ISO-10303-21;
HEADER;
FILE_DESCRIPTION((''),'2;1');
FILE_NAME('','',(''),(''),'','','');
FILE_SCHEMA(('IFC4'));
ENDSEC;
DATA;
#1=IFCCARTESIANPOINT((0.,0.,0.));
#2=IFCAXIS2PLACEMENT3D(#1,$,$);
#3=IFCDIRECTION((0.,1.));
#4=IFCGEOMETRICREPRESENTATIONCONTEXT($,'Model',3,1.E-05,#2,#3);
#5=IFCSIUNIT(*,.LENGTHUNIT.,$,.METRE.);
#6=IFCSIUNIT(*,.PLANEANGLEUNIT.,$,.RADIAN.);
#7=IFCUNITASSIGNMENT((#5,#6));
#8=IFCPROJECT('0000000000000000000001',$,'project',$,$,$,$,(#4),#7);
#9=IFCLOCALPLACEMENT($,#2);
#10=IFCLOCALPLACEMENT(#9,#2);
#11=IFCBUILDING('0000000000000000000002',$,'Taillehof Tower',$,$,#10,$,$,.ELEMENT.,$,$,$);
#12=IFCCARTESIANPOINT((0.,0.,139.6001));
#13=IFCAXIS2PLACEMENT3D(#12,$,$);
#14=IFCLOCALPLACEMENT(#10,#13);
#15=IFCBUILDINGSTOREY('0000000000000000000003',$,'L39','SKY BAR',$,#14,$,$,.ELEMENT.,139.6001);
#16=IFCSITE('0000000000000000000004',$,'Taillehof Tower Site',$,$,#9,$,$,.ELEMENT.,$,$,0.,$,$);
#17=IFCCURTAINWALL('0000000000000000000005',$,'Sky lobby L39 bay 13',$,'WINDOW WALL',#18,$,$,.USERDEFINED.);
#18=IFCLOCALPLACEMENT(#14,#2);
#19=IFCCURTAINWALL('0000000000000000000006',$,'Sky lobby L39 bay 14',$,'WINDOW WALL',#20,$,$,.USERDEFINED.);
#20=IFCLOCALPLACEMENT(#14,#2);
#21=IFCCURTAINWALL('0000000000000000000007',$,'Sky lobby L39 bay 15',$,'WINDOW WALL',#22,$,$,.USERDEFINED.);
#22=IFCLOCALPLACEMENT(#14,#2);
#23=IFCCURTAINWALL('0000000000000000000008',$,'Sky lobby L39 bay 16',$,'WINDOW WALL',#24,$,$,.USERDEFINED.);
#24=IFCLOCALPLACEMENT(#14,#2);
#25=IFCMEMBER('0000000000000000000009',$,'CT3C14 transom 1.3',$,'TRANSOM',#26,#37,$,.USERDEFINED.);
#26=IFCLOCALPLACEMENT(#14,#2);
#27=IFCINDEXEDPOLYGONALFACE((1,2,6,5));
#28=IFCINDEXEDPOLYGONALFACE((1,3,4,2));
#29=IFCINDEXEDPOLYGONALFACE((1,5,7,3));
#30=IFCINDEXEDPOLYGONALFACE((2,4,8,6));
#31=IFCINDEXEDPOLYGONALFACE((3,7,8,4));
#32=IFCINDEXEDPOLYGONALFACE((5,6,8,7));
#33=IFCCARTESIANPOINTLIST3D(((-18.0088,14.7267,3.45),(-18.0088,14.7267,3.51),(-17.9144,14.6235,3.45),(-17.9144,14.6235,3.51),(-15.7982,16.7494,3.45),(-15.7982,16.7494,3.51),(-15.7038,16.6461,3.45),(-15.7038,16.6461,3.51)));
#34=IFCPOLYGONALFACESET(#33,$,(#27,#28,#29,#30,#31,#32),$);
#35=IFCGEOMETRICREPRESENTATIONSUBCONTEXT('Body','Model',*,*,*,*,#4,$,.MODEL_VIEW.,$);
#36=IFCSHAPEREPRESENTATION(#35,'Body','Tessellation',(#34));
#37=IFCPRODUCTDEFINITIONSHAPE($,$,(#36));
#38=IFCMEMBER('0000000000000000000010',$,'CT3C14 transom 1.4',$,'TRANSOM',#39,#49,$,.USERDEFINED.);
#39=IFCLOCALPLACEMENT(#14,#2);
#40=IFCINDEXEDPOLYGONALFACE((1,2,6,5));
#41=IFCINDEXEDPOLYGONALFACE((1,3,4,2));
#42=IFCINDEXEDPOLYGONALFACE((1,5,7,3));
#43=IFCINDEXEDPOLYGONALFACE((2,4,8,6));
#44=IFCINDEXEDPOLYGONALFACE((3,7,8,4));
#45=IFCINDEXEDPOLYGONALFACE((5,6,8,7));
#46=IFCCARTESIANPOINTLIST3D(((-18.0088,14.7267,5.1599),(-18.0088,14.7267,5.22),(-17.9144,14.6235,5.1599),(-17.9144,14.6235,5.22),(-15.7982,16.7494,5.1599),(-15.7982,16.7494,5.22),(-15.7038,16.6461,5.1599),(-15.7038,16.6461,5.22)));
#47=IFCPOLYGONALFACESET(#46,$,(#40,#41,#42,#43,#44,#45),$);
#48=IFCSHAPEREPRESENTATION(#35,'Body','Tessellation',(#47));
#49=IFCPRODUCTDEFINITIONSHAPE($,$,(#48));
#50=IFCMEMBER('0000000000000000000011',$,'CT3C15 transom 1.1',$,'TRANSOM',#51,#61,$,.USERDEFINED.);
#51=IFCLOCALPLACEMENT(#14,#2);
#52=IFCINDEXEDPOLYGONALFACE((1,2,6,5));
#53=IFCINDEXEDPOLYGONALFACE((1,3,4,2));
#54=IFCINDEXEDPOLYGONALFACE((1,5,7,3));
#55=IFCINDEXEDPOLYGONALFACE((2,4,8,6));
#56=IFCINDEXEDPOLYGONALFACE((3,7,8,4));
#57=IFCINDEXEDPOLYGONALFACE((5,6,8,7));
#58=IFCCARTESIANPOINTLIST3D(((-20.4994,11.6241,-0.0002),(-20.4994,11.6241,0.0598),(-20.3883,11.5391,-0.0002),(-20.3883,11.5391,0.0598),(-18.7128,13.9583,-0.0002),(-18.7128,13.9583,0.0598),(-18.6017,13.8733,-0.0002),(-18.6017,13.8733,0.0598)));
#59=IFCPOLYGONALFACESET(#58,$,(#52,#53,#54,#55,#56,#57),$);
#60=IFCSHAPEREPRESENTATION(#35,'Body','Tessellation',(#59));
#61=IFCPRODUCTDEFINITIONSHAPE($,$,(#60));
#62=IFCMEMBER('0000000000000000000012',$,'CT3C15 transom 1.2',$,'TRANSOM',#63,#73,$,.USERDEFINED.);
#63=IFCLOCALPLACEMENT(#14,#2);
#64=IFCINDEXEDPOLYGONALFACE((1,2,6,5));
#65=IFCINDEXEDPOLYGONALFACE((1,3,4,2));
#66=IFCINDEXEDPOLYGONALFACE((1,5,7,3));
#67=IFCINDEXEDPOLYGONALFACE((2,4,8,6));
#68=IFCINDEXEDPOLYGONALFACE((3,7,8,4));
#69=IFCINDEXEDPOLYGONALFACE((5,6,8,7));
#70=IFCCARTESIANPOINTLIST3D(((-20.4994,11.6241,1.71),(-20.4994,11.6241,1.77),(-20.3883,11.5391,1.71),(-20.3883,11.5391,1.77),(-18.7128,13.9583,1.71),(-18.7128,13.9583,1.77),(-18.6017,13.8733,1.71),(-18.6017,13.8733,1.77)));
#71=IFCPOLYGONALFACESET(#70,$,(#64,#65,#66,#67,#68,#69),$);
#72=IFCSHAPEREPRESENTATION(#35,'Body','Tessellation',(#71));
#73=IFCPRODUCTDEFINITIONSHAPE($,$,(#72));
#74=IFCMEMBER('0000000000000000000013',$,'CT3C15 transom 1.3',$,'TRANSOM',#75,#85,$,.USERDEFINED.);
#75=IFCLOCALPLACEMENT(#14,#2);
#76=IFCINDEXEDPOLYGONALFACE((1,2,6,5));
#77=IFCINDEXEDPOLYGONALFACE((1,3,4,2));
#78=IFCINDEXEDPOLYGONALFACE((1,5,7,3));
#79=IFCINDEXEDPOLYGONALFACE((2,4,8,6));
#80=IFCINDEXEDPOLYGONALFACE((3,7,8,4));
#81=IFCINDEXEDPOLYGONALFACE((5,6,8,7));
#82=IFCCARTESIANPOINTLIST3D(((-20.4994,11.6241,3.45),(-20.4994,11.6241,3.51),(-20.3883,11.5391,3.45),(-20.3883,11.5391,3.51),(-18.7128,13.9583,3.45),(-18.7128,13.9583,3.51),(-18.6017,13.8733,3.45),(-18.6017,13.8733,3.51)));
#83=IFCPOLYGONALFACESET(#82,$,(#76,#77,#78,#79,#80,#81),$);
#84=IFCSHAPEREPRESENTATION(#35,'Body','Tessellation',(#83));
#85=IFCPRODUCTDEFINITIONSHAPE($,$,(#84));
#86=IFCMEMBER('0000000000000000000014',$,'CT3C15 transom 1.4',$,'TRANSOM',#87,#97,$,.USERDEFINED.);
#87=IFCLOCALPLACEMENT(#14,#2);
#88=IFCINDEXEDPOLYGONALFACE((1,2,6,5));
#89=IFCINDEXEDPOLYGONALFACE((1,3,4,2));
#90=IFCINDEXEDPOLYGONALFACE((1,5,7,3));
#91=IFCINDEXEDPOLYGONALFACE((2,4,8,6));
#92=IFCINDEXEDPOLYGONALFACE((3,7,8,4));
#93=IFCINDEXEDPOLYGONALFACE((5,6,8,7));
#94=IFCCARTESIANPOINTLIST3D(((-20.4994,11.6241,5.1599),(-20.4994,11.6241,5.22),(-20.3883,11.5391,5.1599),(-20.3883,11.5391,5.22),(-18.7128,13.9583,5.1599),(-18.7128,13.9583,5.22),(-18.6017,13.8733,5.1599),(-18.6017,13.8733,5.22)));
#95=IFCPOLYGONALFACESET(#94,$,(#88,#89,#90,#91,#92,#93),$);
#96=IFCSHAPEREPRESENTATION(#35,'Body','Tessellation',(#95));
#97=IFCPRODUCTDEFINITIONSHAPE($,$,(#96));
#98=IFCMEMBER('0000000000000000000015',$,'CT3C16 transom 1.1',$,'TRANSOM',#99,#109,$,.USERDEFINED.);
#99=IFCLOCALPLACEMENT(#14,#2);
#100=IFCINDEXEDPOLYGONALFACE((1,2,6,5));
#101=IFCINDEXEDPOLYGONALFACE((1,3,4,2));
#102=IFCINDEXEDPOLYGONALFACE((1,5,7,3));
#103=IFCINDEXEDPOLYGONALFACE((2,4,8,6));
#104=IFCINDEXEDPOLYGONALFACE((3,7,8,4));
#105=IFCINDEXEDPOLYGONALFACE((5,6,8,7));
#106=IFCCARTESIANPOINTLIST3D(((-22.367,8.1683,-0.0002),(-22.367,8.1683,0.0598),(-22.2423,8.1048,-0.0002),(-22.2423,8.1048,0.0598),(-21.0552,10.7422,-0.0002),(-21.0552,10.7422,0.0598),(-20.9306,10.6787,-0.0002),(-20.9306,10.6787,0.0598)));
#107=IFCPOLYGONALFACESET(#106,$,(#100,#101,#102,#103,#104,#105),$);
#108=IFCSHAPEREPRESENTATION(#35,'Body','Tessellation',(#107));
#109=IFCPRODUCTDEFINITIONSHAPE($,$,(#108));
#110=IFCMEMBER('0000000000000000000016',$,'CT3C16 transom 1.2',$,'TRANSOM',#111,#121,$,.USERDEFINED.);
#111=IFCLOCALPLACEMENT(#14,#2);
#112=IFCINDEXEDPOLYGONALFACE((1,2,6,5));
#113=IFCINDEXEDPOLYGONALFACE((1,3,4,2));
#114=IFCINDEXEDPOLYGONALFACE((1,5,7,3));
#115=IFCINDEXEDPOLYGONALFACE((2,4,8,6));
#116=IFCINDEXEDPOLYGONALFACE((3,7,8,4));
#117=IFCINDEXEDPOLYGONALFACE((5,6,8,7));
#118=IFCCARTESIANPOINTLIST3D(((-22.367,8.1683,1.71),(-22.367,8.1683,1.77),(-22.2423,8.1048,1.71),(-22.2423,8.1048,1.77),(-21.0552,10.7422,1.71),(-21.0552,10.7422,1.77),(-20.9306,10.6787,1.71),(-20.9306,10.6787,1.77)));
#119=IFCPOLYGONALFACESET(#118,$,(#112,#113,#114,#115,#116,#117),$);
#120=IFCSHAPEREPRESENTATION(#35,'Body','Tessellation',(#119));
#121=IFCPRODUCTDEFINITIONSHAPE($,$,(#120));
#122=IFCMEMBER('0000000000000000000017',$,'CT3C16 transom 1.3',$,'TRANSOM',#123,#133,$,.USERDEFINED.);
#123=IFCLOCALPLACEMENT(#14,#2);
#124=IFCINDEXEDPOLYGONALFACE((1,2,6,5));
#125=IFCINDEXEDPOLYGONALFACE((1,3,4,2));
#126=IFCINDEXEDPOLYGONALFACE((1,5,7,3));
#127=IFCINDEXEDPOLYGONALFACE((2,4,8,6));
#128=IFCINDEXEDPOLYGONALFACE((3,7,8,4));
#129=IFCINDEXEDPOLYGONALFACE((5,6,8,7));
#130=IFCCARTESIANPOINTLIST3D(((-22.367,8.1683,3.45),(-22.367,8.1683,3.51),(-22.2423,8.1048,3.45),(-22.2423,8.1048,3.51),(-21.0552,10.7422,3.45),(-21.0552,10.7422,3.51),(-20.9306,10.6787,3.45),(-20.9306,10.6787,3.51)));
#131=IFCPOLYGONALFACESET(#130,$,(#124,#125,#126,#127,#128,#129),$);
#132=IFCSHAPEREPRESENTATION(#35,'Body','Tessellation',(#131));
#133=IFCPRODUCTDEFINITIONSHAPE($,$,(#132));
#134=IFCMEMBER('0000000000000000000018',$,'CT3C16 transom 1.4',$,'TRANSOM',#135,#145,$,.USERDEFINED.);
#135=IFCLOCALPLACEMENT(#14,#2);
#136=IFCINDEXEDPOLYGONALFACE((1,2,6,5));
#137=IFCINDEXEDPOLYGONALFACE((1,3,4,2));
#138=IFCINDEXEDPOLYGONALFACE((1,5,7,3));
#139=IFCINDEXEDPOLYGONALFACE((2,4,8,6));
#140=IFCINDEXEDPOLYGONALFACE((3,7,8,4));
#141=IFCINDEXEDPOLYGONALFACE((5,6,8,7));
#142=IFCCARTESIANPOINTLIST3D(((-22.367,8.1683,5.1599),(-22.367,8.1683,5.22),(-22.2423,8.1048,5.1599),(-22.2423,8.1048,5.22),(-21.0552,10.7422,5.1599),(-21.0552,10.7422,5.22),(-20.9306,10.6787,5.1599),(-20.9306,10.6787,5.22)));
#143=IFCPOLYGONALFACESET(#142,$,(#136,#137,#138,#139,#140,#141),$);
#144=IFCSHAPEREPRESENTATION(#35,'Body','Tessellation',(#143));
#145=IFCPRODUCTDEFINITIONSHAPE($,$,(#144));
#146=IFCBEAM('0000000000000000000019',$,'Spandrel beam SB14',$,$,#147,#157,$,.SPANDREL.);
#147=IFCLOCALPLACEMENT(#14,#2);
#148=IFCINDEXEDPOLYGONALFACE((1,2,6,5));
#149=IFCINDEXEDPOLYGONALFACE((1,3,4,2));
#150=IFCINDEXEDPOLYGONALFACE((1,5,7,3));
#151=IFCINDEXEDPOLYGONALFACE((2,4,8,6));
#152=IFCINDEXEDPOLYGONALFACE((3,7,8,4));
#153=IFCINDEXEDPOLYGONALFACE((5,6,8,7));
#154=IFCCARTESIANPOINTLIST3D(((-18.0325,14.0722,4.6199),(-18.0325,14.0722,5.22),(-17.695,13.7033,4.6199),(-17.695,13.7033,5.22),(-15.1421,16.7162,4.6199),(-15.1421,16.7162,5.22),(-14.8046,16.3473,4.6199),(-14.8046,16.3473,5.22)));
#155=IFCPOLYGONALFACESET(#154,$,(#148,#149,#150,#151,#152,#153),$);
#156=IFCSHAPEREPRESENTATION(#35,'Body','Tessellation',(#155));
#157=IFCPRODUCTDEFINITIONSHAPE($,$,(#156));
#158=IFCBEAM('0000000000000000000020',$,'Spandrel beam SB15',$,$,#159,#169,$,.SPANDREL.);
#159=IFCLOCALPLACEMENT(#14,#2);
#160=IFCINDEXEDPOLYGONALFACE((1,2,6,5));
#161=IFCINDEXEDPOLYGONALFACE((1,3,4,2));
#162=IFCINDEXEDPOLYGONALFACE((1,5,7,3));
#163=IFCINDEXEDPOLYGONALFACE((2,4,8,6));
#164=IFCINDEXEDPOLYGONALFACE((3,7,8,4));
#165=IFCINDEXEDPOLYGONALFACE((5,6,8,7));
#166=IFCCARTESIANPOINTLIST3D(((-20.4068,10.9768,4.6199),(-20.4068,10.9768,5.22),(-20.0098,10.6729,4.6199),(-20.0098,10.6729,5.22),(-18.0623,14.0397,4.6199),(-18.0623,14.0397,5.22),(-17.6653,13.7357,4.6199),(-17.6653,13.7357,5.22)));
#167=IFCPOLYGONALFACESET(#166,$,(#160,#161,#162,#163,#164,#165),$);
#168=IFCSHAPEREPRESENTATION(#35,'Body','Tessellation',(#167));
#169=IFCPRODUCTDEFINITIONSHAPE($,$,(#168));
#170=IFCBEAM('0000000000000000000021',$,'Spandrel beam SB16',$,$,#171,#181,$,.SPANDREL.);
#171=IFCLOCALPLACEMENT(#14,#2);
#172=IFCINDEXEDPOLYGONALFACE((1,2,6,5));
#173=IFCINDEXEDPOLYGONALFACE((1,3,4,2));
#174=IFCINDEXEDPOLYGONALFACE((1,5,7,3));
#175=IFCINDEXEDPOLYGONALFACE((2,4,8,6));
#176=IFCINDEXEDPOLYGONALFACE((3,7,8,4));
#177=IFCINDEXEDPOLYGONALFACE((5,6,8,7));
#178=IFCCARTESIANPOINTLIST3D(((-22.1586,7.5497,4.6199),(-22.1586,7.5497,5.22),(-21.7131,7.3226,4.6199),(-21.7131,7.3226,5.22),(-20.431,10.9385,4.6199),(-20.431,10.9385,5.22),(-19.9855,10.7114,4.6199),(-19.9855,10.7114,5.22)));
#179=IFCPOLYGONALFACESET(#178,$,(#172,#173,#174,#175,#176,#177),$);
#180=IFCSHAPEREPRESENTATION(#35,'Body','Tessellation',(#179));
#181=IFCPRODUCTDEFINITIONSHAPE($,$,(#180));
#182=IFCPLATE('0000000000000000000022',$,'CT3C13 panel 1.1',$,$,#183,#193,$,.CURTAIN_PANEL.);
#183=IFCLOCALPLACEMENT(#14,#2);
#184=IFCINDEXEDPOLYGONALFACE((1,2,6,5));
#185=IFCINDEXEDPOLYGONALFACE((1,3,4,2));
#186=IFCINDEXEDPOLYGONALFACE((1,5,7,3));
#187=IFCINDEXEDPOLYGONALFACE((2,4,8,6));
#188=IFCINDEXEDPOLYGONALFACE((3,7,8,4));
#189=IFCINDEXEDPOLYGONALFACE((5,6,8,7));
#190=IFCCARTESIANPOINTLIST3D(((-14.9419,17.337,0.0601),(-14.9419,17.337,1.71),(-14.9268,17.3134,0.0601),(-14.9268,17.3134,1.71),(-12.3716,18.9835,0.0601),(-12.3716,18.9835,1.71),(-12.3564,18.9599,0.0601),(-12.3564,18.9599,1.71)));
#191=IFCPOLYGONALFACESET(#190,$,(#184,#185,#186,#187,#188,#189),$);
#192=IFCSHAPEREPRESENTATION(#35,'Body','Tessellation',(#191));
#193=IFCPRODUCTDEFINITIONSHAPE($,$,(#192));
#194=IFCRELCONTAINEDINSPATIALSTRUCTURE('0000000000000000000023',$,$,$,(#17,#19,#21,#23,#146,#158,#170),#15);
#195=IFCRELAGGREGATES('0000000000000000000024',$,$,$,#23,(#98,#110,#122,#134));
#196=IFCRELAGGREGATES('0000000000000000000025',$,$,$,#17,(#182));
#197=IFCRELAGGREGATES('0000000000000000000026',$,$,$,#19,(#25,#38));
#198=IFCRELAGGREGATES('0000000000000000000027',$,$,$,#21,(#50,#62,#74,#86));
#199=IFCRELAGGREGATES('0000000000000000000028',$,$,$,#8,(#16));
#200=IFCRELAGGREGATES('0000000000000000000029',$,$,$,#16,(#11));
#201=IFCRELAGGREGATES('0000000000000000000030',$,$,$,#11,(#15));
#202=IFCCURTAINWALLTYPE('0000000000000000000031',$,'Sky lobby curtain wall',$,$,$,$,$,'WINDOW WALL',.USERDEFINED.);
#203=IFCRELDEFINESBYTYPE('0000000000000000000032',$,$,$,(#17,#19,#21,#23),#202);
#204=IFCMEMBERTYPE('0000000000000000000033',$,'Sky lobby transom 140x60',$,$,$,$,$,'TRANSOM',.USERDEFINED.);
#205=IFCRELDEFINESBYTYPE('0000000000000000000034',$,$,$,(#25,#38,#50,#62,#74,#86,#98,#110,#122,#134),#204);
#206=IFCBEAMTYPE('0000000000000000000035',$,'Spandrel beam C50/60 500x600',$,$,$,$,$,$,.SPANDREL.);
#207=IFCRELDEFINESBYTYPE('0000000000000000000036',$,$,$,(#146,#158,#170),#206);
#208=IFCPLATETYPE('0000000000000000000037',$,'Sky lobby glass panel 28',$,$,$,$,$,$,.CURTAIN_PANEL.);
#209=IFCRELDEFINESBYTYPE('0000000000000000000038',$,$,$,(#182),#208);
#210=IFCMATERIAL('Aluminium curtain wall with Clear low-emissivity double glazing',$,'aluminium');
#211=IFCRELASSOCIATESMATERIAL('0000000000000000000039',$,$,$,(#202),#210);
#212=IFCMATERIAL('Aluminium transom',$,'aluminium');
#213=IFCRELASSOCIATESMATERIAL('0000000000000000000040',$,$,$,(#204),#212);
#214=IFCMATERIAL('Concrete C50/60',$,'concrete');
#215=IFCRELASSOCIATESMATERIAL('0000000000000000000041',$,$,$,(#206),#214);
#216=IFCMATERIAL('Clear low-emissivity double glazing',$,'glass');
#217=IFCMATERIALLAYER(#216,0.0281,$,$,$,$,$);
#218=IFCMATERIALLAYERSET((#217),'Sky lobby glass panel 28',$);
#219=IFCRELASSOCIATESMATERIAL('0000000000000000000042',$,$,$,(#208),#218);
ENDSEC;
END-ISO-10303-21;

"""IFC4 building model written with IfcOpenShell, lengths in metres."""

from ifc_helpers import new_model, si_unit, direction, frame, origin, origin_2d, place, context, subcontext, project, spatial, rectangle, extrude, material, layer, layer_set, material_profile, profile_set, type_object, element, aggregate, save


model = new_model("IFC4")

# Units and contexts
model_context = context("Model", 3, precision=1e-05, world=origin(), true_north=direction((0.0, 1.0)))
body_context = subcontext(model_context, "Body", "Model", "MODEL_VIEW")
ifc_project = project(units=[si_unit("LENGTHUNIT", "METRE"), si_unit("PLANEANGLEUNIT", "RADIAN")], contexts=[model_context])

# Site, building, storey
site_placement = place(None, origin())
site = spatial("IfcSite", under=ifc_project, at=site_placement, Name="Taillehof Tower Site", CompositionType="ELEMENT", RefElevation=0.0)
building_placement = place(site_placement, origin())
building = spatial("IfcBuilding", under=site, at=building_placement, Name="Taillehof Tower", CompositionType="ELEMENT")
storey_placement = place(building_placement, frame((0.0, 0.0, 139.6001)))
storey = spatial("IfcBuildingStorey", under=building, at=storey_placement, Name="L39", Description="SKY BAR", CompositionType="ELEMENT", Elevation=139.6001)

# Curtain wall
ifc_material_1 = material(Name="Aluminium curtain wall with Clear low-emissivity double glazing", Category="aluminium")
curtain_wall_type = type_object("IfcCurtainWallType", Name="Sky lobby curtain wall", ElementType="WINDOW WALL", PredefinedType="USERDEFINED", material=ifc_material_1)
curtain_wall_1_placement = place(storey_placement, origin())
curtain_wall_1 = element("IfcCurtainWall", 1, at=curtain_wall_1_placement, inside=storey, type_object=curtain_wall_type, Name="Sky lobby L39 bay 13", ObjectType="WINDOW WALL", PredefinedType="USERDEFINED")

# Curtain walls
curtain_wall_2_placement = place(storey_placement, origin())
curtain_wall_2 = element("IfcCurtainWall", 2, at=curtain_wall_2_placement, inside=storey, type_object=curtain_wall_type, Name="Sky lobby L39 bay 14", ObjectType="WINDOW WALL", PredefinedType="USERDEFINED")
curtain_wall_3_placement = place(storey_placement, origin())
curtain_wall_3 = element("IfcCurtainWall", 3, at=curtain_wall_3_placement, inside=storey, type_object=curtain_wall_type, Name="Sky lobby L39 bay 15", ObjectType="WINDOW WALL", PredefinedType="USERDEFINED")

# Curtain wall
curtain_wall_4_placement = place(storey_placement, origin())
curtain_wall_4 = element("IfcCurtainWall", 4, at=curtain_wall_4_placement, inside=storey, type_object=curtain_wall_type, Name="Sky lobby L39 bay 16", ObjectType="WINDOW WALL", PredefinedType="USERDEFINED")

# Members
ifc_material_2 = material(Name="Aluminium transom", Category="aluminium")
ifc_material_profile_1 = material_profile(ifc_material_2, rectangle(XDim=0.1399, YDim=0.0601, at=origin_2d()), Name="AL 140x60")
ifc_profile_set_1 = profile_set([ifc_material_profile_1], Name="Aluminium transom")
member_type_1 = type_object("IfcMemberType", Name="Sky lobby transom 140x60", ElementType="TRANSOM", PredefinedType="USERDEFINED", material=ifc_profile_set_1)
member_1_placement = place(storey_placement, frame((-15.751, 16.6978, 3.48), z_axis=(-0.73778, -0.675042, 0.0), x_axis=(0.675042, -0.73778, 0.0)))
member_1 = element("IfcMember", 5, at=member_1_placement, type_object=member_type_1, Name="CT3C14 transom 1.3", ObjectType="TRANSOM", PredefinedType="USERDEFINED", context=body_context, shape_type="SweptSolid", body=[
    extrude(rectangle(XDim=0.1399, YDim=0.0601, at=origin_2d()), origin(), (0.0, 0.0, 1.0), 2.9963),
])
member_2_placement = place(storey_placement, frame((-15.751, 16.6978, 5.1899), z_axis=(-0.73778, -0.675042, 0.0), x_axis=(0.675042, -0.73778, 0.0)))
member_2 = element("IfcMember", 6, at=member_2_placement, type_object=member_type_1, Name="CT3C14 transom 1.4", ObjectType="TRANSOM", PredefinedType="USERDEFINED", context=body_context, shape_type="SweptSolid", body=[
    extrude(rectangle(XDim=0.1399, YDim=0.0601, at=origin_2d()), origin(), (0.0, 0.0, 1.0), 2.9963),
])
member_3_placement = place(storey_placement, frame((-18.6572, 13.9158, 0.0298), z_axis=(-0.607798, -0.794091, 0.0), x_axis=(0.794091, -0.607798, 0.0)))
member_3 = element("IfcMember", 7, at=member_3_placement, type_object=member_type_1, Name="CT3C15 transom 1.1", ObjectType="TRANSOM", PredefinedType="USERDEFINED", context=body_context, shape_type="SweptSolid", body=[
    extrude(rectangle(XDim=0.1399, YDim=0.0601, at=origin_2d()), origin(), (0.0, 0.0, 1.0), 2.9395),
])
member_4_placement = place(storey_placement, frame((-18.6572, 13.9158, 1.74), z_axis=(-0.607798, -0.794091, 0.0), x_axis=(0.794091, -0.607798, 0.0)))
member_4 = element("IfcMember", 8, at=member_4_placement, type_object=member_type_1, Name="CT3C15 transom 1.2", ObjectType="TRANSOM", PredefinedType="USERDEFINED", context=body_context, shape_type="SweptSolid", body=[
    extrude(rectangle(XDim=0.1399, YDim=0.0601, at=origin_2d()), origin(), (0.0, 0.0, 1.0), 2.9395),
])
member_5_placement = place(storey_placement, frame((-18.6572, 13.9158, 3.48), z_axis=(-0.607798, -0.794091, 0.0), x_axis=(0.794091, -0.607798, 0.0)))
member_5 = element("IfcMember", 9, at=member_5_placement, type_object=member_type_1, Name="CT3C15 transom 1.3", ObjectType="TRANSOM", PredefinedType="USERDEFINED", context=body_context, shape_type="SweptSolid", body=[
    extrude(rectangle(XDim=0.1399, YDim=0.0601, at=origin_2d()), origin(), (0.0, 0.0, 1.0), 2.9395),
])
member_6_placement = place(storey_placement, frame((-18.6572, 13.9158, 5.1899), z_axis=(-0.607798, -0.794091, 0.0), x_axis=(0.794091, -0.607798, 0.0)))
member_6 = element("IfcMember", 10, at=member_6_placement, type_object=member_type_1, Name="CT3C15 transom 1.4", ObjectType="TRANSOM", PredefinedType="USERDEFINED", context=body_context, shape_type="SweptSolid", body=[
    extrude(rectangle(XDim=0.1399, YDim=0.0601, at=origin_2d()), origin(), (0.0, 0.0, 1.0), 2.9395),
])
member_7_placement = place(storey_placement, frame((-20.9929, 10.7104, 0.0298), z_axis=(-0.454062, -0.89097, 0.0), x_axis=(0.89097, -0.454062, 0.0)))
member_7 = element("IfcMember", 11, at=member_7_placement, type_object=member_type_1, Name="CT3C16 transom 1.1", ObjectType="TRANSOM", PredefinedType="USERDEFINED", context=body_context, shape_type="SweptSolid", body=[
    extrude(rectangle(XDim=0.1399, YDim=0.0601, at=origin_2d()), origin(), (0.0, 0.0, 1.0), 2.8889),
])
member_8_placement = place(storey_placement, frame((-20.9929, 10.7104, 1.74), z_axis=(-0.454062, -0.89097, 0.0), x_axis=(0.89097, -0.454062, 0.0)))
member_8 = element("IfcMember", 12, at=member_8_placement, type_object=member_type_1, Name="CT3C16 transom 1.2", ObjectType="TRANSOM", PredefinedType="USERDEFINED", context=body_context, shape_type="SweptSolid", body=[
    extrude(rectangle(XDim=0.1399, YDim=0.0601, at=origin_2d()), origin(), (0.0, 0.0, 1.0), 2.8889),
])
member_9_placement = place(storey_placement, frame((-20.9929, 10.7104, 3.48), z_axis=(-0.454062, -0.89097, 0.0), x_axis=(0.89097, -0.454062, 0.0)))
member_9 = element("IfcMember", 13, at=member_9_placement, type_object=member_type_1, Name="CT3C16 transom 1.3", ObjectType="TRANSOM", PredefinedType="USERDEFINED", context=body_context, shape_type="SweptSolid", body=[
    extrude(rectangle(XDim=0.1399, YDim=0.0601, at=origin_2d()), origin(), (0.0, 0.0, 1.0), 2.8889),
])
member_10_placement = place(storey_placement, frame((-20.9929, 10.7104, 5.1899), z_axis=(-0.454062, -0.89097, 0.0), x_axis=(0.89097, -0.454062, 0.0)))
member_10 = element("IfcMember", 14, at=member_10_placement, type_object=member_type_1, Name="CT3C16 transom 1.4", ObjectType="TRANSOM", PredefinedType="USERDEFINED", context=body_context, shape_type="SweptSolid", body=[
    extrude(rectangle(XDim=0.1399, YDim=0.0601, at=origin_2d()), origin(), (0.0, 0.0, 1.0), 2.8889),
])
aggregate(curtain_wall_4, [member_7, member_8, member_9, member_10])

# Beams
ifc_material_3 = material(Name="Concrete C50/60", Category="concrete")
ifc_material_profile_2 = material_profile(ifc_material_3, rectangle(XDim=0.5, YDim=0.6001, at=origin_2d()), Name="RC 500x600")
ifc_profile_set_2 = profile_set([ifc_material_profile_2], Name="Concrete C50/60")
beam_type_1 = type_object("IfcBeamType", Name="Spandrel beam C50/60 500x600", PredefinedType="SPANDREL", material=ifc_profile_set_2)
beam_1_placement = place(storey_placement, frame((-14.9734, 16.5317, 4.9199), z_axis=(-0.73785, -0.674965, 0.0), x_axis=(0.674965, -0.73785, 0.0)))
element("IfcBeam", 15, at=beam_1_placement, inside=storey, type_object=beam_type_1, Name="Spandrel beam SB14", PredefinedType="SPANDREL", context=body_context, shape_type="SweptSolid", body=[
    extrude(rectangle(XDim=0.5, YDim=0.6001, at=origin_2d()), origin(), (0.0, 0.0, 1.0), 3.9172),
])
beam_2_placement = place(storey_placement, frame((-17.8638, 13.8877, 4.9199), z_axis=(-0.60784, -0.794059, 0.0), x_axis=(0.794059, -0.60784, 0.0)))
element("IfcBeam", 16, at=beam_2_placement, inside=storey, type_object=beam_type_1, Name="Spandrel beam SB15", PredefinedType="SPANDREL", context=body_context, shape_type="SweptSolid", body=[
    extrude(rectangle(XDim=0.5, YDim=0.6001, at=origin_2d()), origin(), (0.0, 0.0, 1.0), 3.8572),
])
beam_3_placement = place(storey_placement, frame((-20.2083, 10.825, 4.9199), z_axis=(-0.454183, -0.890908, 0.0), x_axis=(0.890908, -0.454183, 0.0)))
element("IfcBeam", 17, at=beam_3_placement, inside=storey, type_object=beam_type_1, Name="Spandrel beam SB16", PredefinedType="SPANDREL", context=body_context, shape_type="SweptSolid", body=[
    extrude(rectangle(XDim=0.5, YDim=0.6001, at=origin_2d()), origin(), (0.0, 0.0, 1.0), 3.8037),
])

# Plate
ifc_material_4 = material(Name="Clear low-emissivity double glazing", Category="glass")
ifc_layer_1 = layer(ifc_material_4, 0.0281)
ifc_layer_set_1 = layer_set([ifc_layer_1], Name="Sky lobby glass panel 28")
plate_type = type_object("IfcPlateType", Name="Sky lobby glass panel 28", PredefinedType="CURTAIN_PANEL", material=ifc_layer_set_1)
plate_1_placement = place(storey_placement, frame((-13.6492, 18.1484, 0.0601), z_axis=(0.0, 0.0, 1.0), x_axis=(-0.842053, -0.539394, 0.0)))
plate_1 = element("IfcPlate", 18, at=plate_1_placement, type_object=plate_type, Name="CT3C13 panel 1.1", PredefinedType="CURTAIN_PANEL", context=body_context, shape_type="SweptSolid", body=[
    extrude(rectangle(XDim=3.0525, YDim=0.0281, at=origin_2d()), origin(), (0.0, 0.0, 1.0), 1.6499),
])
aggregate(curtain_wall_1, [plate_1])
aggregate(curtain_wall_2, [member_1, member_2])
aggregate(curtain_wall_3, [member_3, member_4, member_5, member_6])

save(model, "model.ifc")
